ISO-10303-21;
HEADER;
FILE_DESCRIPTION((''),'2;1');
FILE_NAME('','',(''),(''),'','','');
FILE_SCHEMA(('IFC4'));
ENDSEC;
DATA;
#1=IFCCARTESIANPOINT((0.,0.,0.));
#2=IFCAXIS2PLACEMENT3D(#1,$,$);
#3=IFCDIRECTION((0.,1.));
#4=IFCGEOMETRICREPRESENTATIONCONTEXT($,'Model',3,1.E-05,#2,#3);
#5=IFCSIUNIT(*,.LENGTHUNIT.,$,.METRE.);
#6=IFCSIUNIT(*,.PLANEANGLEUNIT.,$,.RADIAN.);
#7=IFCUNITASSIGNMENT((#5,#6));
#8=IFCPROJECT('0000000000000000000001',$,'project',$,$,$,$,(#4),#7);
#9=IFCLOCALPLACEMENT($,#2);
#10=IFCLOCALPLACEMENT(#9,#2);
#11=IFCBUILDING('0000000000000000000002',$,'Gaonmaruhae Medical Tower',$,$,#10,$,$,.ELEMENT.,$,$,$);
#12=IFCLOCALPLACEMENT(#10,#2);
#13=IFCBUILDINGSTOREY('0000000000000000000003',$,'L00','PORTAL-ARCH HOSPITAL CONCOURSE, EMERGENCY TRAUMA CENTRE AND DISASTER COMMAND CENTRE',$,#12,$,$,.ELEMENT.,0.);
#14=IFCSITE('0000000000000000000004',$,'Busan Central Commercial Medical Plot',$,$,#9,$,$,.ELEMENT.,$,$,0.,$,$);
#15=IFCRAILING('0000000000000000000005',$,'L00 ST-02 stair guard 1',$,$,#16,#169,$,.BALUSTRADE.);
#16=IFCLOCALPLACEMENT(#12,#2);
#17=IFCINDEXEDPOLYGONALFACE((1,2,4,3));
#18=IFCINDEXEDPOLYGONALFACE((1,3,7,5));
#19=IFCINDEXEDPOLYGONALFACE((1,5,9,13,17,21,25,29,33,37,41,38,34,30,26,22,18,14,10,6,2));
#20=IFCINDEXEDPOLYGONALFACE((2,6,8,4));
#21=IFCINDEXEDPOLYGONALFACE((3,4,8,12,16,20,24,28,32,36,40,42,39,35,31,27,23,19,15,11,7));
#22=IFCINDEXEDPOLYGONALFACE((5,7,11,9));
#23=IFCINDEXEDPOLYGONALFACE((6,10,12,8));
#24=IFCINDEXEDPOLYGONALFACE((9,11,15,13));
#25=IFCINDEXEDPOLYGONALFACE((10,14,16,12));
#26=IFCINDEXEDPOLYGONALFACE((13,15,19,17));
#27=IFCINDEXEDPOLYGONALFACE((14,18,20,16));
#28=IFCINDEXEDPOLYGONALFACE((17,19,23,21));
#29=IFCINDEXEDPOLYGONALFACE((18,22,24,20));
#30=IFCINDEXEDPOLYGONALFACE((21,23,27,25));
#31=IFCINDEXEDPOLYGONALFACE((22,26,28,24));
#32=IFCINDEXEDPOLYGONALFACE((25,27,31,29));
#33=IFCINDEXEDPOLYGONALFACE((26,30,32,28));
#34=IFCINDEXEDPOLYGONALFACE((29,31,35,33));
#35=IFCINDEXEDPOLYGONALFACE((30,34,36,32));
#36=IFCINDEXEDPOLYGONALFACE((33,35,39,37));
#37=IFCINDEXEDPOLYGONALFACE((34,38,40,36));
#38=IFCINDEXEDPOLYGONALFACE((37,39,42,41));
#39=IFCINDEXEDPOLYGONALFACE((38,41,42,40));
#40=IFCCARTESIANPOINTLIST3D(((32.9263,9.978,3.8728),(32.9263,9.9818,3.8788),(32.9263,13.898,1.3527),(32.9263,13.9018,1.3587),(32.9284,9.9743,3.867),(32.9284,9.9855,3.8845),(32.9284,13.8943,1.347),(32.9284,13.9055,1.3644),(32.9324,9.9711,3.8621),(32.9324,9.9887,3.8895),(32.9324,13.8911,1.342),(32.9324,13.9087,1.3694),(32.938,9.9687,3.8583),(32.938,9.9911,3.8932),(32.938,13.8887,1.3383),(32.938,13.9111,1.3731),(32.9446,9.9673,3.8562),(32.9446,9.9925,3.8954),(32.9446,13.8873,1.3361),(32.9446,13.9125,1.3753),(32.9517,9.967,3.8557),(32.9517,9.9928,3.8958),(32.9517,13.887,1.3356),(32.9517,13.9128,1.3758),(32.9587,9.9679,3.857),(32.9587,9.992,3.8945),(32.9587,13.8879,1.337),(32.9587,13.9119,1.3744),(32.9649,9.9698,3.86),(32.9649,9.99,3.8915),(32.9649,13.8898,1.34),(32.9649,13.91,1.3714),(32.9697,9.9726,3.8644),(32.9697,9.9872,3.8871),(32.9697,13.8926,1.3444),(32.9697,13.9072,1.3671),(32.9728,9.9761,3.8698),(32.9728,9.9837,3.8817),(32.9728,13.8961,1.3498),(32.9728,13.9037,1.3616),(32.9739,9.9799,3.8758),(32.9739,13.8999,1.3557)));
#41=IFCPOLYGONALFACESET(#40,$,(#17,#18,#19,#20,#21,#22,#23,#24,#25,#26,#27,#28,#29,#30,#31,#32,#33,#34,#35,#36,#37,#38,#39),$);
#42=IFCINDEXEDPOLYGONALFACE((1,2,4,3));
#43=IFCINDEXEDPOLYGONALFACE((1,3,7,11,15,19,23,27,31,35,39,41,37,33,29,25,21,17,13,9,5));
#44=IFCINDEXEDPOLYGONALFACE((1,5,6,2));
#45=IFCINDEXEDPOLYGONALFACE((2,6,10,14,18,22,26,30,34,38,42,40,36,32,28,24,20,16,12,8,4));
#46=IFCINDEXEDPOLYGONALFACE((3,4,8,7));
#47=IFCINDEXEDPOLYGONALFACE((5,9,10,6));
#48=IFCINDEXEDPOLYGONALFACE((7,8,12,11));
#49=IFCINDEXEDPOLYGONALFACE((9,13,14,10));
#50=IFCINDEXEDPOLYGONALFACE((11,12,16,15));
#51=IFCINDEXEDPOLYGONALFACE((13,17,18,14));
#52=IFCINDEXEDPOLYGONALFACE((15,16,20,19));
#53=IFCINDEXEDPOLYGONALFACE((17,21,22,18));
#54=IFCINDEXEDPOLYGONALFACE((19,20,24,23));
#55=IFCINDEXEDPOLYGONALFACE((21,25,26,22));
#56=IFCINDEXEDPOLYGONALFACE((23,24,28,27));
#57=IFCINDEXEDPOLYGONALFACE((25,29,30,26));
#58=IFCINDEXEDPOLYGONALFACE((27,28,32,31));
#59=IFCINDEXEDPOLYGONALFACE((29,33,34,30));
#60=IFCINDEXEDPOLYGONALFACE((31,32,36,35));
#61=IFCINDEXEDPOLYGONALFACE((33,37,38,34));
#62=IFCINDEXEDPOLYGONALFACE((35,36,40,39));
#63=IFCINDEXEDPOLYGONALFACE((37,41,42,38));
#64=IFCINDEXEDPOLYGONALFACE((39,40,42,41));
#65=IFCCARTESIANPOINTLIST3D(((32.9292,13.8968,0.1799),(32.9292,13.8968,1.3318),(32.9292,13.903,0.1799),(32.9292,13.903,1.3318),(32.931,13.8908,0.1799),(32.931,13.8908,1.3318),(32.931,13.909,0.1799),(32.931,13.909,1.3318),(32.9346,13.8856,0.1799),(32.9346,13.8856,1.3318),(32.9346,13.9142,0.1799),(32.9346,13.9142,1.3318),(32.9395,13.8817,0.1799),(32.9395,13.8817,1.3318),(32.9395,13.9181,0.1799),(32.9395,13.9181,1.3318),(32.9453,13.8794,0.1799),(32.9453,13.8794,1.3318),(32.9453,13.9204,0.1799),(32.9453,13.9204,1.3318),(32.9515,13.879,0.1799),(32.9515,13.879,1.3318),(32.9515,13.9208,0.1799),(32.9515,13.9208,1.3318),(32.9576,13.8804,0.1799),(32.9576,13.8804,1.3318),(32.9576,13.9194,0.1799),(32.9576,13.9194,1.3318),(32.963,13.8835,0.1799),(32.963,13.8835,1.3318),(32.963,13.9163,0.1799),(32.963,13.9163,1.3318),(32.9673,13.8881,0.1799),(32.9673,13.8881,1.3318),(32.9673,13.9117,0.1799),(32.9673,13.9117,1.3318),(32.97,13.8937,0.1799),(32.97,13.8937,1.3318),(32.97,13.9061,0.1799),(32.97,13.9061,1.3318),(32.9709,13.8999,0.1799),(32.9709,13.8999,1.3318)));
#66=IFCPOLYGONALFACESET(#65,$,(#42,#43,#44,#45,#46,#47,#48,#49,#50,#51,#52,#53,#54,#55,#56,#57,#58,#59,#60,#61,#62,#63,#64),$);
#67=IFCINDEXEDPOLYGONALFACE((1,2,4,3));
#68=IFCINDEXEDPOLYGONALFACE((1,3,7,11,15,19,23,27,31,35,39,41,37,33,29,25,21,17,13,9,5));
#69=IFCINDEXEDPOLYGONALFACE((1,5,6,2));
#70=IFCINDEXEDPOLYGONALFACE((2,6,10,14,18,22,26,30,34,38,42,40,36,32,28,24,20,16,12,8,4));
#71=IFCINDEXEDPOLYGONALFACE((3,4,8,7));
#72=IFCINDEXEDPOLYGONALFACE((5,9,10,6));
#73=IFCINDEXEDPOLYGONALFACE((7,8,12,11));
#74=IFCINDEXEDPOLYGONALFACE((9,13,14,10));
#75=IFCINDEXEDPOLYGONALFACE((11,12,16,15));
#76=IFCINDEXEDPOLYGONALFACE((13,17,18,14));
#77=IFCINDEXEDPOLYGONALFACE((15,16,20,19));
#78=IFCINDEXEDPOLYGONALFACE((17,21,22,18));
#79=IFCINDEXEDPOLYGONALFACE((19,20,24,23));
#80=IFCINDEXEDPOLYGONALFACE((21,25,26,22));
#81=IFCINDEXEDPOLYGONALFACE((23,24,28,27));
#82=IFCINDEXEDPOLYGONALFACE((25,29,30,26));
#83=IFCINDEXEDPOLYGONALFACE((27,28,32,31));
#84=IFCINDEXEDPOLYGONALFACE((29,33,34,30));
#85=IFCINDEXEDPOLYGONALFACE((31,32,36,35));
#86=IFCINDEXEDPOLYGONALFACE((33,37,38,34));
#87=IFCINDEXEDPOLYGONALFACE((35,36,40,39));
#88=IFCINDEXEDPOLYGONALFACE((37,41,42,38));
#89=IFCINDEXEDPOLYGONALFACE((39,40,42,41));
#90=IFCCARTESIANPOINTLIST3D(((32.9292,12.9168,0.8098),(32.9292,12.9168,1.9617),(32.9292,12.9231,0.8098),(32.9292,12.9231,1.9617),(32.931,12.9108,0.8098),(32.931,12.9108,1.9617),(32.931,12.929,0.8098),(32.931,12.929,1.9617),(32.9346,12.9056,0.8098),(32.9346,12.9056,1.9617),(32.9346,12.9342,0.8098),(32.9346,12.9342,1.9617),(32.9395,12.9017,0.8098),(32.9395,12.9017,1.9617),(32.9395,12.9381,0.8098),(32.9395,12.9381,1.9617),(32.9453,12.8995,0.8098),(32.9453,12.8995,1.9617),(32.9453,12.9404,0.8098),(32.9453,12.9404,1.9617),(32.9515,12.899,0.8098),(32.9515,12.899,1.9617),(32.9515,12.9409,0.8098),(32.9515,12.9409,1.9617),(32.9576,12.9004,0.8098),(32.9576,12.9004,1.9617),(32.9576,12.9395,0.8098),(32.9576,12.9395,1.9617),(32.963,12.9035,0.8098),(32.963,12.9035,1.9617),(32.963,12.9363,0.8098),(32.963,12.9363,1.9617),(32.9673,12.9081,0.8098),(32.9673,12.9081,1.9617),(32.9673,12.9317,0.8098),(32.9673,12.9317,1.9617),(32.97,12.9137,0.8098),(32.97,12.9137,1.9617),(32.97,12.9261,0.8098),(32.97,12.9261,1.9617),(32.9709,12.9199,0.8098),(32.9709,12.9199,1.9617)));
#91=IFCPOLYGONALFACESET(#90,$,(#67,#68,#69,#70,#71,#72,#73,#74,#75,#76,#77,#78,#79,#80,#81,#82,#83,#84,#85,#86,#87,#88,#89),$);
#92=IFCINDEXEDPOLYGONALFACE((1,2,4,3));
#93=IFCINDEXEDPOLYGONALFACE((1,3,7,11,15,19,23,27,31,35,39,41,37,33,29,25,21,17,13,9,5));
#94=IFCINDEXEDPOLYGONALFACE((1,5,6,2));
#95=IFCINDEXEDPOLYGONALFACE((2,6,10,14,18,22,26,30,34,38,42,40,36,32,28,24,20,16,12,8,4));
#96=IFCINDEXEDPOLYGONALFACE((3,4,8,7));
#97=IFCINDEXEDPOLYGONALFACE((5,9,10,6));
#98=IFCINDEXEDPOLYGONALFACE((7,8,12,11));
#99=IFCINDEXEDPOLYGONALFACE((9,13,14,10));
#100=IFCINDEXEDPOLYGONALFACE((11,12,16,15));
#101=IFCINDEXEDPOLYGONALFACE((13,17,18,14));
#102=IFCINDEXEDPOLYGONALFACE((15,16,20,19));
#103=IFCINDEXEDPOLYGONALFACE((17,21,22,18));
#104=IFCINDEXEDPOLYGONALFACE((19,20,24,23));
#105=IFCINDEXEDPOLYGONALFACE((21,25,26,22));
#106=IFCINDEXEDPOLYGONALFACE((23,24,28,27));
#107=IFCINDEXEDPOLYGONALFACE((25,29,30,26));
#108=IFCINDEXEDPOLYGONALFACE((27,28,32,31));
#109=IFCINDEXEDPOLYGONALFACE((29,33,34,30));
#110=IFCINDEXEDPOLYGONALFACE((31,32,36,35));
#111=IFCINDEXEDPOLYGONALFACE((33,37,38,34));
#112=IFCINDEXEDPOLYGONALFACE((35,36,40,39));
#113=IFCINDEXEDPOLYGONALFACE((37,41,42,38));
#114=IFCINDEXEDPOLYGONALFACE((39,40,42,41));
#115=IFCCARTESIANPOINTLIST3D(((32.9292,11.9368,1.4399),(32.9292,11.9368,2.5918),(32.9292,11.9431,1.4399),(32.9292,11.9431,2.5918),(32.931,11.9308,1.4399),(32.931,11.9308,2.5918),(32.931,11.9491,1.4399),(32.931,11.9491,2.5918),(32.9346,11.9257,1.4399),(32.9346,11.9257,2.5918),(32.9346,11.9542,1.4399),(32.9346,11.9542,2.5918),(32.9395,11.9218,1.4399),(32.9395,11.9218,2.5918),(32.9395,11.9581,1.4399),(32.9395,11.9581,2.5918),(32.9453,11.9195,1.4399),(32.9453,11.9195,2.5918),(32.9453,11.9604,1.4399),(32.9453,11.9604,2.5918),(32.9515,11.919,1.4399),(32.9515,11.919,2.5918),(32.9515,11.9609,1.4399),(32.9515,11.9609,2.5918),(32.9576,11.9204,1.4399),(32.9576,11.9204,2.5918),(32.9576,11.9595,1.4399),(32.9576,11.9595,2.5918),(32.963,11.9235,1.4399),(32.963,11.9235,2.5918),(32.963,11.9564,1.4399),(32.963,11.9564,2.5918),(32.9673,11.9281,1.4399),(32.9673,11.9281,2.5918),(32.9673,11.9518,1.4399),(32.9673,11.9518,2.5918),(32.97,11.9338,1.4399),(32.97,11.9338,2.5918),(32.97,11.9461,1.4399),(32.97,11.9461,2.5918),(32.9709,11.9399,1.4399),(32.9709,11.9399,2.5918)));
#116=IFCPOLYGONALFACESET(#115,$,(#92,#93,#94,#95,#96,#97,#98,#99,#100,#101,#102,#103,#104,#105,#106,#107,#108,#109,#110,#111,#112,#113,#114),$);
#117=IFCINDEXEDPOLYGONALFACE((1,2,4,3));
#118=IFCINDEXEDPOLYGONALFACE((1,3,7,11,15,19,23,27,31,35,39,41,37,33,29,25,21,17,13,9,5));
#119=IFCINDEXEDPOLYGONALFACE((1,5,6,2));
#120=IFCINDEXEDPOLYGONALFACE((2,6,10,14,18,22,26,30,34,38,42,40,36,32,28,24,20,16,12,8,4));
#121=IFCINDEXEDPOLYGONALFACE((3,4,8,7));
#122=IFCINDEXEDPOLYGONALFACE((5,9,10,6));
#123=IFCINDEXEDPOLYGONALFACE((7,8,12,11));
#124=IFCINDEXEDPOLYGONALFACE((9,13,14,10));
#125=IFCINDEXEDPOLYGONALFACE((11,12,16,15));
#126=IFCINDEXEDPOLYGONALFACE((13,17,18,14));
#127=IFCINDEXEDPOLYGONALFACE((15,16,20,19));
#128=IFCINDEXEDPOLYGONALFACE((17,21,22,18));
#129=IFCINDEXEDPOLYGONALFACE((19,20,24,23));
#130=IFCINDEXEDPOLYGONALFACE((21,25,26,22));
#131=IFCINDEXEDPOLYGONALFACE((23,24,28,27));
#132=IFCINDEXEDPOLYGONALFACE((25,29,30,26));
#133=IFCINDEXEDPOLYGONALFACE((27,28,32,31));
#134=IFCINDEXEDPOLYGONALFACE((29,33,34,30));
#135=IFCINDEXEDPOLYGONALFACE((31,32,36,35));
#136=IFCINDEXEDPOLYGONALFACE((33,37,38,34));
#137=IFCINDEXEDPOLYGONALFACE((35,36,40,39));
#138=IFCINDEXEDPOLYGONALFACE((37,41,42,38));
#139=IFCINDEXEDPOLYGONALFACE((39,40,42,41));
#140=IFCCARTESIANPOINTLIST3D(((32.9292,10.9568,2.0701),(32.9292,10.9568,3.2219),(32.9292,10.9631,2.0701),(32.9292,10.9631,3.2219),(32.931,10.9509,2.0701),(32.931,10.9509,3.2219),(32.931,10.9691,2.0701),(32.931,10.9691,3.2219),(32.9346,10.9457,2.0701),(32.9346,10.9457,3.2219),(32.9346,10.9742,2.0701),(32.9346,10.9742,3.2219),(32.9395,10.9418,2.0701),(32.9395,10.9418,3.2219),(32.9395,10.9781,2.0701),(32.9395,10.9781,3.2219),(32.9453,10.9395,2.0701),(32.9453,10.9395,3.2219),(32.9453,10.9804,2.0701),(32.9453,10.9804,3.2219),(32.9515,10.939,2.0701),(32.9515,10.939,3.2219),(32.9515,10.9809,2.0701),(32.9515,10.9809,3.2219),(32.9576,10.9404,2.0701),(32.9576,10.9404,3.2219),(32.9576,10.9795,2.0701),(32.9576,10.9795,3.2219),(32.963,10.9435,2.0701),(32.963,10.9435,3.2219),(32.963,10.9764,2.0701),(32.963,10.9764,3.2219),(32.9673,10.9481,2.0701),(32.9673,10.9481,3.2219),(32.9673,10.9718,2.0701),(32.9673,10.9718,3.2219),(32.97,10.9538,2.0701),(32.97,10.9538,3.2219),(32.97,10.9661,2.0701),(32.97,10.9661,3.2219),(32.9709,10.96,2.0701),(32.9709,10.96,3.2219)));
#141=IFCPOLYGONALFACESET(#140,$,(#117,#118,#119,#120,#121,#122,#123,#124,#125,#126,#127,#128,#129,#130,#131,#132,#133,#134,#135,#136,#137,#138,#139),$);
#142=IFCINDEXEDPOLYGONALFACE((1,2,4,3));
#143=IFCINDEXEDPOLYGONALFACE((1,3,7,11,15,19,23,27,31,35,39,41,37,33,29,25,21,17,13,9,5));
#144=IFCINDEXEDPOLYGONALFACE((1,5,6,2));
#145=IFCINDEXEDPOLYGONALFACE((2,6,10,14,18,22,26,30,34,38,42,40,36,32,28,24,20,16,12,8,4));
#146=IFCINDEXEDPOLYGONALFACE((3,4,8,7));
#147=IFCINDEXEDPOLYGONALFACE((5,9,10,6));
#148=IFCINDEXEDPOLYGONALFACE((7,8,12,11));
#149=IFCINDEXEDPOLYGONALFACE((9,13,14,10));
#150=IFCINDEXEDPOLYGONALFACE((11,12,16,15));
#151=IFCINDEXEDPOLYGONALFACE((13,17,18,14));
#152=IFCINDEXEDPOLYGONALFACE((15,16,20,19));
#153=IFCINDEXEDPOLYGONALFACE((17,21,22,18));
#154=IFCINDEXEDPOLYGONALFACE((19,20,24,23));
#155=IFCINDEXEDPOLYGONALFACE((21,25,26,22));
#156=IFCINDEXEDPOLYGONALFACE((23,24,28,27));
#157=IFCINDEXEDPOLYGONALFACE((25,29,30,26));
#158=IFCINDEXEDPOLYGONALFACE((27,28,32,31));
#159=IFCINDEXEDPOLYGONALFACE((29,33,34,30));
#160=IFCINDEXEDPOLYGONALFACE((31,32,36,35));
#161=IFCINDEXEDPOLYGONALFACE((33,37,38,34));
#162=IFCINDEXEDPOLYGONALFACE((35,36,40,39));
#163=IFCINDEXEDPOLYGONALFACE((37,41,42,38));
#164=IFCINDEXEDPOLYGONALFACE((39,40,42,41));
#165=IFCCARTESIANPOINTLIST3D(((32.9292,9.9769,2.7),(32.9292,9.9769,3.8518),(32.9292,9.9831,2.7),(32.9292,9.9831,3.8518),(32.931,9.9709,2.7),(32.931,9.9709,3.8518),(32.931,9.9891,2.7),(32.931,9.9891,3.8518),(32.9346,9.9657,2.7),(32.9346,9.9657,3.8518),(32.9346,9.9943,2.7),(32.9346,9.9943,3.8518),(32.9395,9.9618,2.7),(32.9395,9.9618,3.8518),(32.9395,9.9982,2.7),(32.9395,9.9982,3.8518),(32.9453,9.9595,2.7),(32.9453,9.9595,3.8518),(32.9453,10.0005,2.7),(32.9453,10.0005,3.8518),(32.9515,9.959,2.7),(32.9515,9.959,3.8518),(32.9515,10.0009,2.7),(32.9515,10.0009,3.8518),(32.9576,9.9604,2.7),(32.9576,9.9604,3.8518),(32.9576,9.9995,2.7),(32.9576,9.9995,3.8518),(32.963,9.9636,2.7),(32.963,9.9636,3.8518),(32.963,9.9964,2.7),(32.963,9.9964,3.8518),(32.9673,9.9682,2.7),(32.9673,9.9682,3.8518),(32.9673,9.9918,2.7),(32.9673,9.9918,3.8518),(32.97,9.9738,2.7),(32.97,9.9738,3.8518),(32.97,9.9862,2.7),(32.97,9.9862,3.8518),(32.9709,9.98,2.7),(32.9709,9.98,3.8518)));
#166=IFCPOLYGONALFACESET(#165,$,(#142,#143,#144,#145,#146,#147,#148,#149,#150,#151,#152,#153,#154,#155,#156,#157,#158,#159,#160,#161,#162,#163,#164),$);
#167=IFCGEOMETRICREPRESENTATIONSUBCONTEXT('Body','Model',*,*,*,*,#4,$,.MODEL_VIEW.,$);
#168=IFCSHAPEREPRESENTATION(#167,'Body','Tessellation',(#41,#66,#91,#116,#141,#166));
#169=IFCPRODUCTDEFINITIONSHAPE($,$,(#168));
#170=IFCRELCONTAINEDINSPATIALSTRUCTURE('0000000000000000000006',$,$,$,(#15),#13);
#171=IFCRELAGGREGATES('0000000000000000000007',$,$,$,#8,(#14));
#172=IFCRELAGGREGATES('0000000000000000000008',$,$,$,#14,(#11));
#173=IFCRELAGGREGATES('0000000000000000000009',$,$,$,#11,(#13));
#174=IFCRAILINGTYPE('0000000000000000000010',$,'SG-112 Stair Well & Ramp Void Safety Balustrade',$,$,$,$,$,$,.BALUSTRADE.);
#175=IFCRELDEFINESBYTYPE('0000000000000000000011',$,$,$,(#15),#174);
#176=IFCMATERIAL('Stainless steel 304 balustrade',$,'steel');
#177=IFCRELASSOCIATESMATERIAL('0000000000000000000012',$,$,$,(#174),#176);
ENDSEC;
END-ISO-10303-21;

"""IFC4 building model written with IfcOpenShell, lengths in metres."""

from ifc_helpers import new_model, si_unit, direction, frame, origin, origin_2d, place, context, subcontext, project, spatial, circle, extrude, material, type_object, element, save


model = new_model("IFC4")

# Units and contexts
model_context = context("Model", 3, precision=1e-05, world=origin(), true_north=direction((0.0, 1.0)))
body_context = subcontext(model_context, "Body", "Model", "MODEL_VIEW")
ifc_project = project(units=[si_unit("LENGTHUNIT", "METRE"), si_unit("PLANEANGLEUNIT", "RADIAN")], contexts=[model_context])

# Site, building, storey
site_placement = place(None, origin())
site = spatial("IfcSite", under=ifc_project, at=site_placement, Name="Busan Central Commercial Medical Plot", CompositionType="ELEMENT", RefElevation=0.0)
building_placement = place(site_placement, origin())
building = spatial("IfcBuilding", under=site, at=building_placement, Name="Gaonmaruhae Medical Tower", CompositionType="ELEMENT")
storey_placement = place(building_placement, origin())
storey = spatial("IfcBuildingStorey", under=building, at=storey_placement, Name="L00", Description="PORTAL-ARCH HOSPITAL CONCOURSE, EMERGENCY TRAUMA CENTRE AND DISASTER COMMAND CENTRE", CompositionType="ELEMENT", Elevation=0.0)

# Railing
ifc_material_1 = material(Name="Stainless steel 304 balustrade", Category="steel")
railing_type_1 = type_object("IfcRailingType", Name="SG-112 Stair Well & Ramp Void Safety Balustrade", PredefinedType="BALUSTRADE", material=ifc_material_1)
railing_1_placement = place(storey_placement, frame((32.95, 13.8999, 0.1799)))
element("IfcRailing", 1, at=railing_1_placement, inside=storey, type_object=railing_type_1, Name="L00 ST-02 stair guard 1", PredefinedType="BALUSTRADE", context=body_context, shape_type="SweptSolid", body=[
    extrude(circle(Radius=0.0239, at=origin_2d()), frame((0.0, 0.0, 1.1758), z_axis=(0.0, -0.841172, 0.540768), x_axis=(1.0, 0.0, 0.0)), (0.0, 0.0, 1.0), 4.6602),
    extrude(circle(Radius=0.021, at=origin_2d()), origin(), (0.0, 0.0, 1.0), 1.1519),
    extrude(circle(Radius=0.021, at=origin_2d()), frame((0.0, -0.98, 0.6299)), (0.0, 0.0, 1.0), 1.1519),
    extrude(circle(Radius=0.021, at=origin_2d()), frame((0.0, -1.96, 1.26)), (0.0, 0.0, 1.0), 1.1519),
    extrude(circle(Radius=0.021, at=origin_2d()), frame((0.0, -2.9399, 1.8901)), (0.0, 0.0, 1.0), 1.1519),
    extrude(circle(Radius=0.021, at=origin_2d()), frame((0.0, -3.9199, 2.52)), (0.0, 0.0, 1.0), 1.1519),
])

save(model, "model.ifc")
